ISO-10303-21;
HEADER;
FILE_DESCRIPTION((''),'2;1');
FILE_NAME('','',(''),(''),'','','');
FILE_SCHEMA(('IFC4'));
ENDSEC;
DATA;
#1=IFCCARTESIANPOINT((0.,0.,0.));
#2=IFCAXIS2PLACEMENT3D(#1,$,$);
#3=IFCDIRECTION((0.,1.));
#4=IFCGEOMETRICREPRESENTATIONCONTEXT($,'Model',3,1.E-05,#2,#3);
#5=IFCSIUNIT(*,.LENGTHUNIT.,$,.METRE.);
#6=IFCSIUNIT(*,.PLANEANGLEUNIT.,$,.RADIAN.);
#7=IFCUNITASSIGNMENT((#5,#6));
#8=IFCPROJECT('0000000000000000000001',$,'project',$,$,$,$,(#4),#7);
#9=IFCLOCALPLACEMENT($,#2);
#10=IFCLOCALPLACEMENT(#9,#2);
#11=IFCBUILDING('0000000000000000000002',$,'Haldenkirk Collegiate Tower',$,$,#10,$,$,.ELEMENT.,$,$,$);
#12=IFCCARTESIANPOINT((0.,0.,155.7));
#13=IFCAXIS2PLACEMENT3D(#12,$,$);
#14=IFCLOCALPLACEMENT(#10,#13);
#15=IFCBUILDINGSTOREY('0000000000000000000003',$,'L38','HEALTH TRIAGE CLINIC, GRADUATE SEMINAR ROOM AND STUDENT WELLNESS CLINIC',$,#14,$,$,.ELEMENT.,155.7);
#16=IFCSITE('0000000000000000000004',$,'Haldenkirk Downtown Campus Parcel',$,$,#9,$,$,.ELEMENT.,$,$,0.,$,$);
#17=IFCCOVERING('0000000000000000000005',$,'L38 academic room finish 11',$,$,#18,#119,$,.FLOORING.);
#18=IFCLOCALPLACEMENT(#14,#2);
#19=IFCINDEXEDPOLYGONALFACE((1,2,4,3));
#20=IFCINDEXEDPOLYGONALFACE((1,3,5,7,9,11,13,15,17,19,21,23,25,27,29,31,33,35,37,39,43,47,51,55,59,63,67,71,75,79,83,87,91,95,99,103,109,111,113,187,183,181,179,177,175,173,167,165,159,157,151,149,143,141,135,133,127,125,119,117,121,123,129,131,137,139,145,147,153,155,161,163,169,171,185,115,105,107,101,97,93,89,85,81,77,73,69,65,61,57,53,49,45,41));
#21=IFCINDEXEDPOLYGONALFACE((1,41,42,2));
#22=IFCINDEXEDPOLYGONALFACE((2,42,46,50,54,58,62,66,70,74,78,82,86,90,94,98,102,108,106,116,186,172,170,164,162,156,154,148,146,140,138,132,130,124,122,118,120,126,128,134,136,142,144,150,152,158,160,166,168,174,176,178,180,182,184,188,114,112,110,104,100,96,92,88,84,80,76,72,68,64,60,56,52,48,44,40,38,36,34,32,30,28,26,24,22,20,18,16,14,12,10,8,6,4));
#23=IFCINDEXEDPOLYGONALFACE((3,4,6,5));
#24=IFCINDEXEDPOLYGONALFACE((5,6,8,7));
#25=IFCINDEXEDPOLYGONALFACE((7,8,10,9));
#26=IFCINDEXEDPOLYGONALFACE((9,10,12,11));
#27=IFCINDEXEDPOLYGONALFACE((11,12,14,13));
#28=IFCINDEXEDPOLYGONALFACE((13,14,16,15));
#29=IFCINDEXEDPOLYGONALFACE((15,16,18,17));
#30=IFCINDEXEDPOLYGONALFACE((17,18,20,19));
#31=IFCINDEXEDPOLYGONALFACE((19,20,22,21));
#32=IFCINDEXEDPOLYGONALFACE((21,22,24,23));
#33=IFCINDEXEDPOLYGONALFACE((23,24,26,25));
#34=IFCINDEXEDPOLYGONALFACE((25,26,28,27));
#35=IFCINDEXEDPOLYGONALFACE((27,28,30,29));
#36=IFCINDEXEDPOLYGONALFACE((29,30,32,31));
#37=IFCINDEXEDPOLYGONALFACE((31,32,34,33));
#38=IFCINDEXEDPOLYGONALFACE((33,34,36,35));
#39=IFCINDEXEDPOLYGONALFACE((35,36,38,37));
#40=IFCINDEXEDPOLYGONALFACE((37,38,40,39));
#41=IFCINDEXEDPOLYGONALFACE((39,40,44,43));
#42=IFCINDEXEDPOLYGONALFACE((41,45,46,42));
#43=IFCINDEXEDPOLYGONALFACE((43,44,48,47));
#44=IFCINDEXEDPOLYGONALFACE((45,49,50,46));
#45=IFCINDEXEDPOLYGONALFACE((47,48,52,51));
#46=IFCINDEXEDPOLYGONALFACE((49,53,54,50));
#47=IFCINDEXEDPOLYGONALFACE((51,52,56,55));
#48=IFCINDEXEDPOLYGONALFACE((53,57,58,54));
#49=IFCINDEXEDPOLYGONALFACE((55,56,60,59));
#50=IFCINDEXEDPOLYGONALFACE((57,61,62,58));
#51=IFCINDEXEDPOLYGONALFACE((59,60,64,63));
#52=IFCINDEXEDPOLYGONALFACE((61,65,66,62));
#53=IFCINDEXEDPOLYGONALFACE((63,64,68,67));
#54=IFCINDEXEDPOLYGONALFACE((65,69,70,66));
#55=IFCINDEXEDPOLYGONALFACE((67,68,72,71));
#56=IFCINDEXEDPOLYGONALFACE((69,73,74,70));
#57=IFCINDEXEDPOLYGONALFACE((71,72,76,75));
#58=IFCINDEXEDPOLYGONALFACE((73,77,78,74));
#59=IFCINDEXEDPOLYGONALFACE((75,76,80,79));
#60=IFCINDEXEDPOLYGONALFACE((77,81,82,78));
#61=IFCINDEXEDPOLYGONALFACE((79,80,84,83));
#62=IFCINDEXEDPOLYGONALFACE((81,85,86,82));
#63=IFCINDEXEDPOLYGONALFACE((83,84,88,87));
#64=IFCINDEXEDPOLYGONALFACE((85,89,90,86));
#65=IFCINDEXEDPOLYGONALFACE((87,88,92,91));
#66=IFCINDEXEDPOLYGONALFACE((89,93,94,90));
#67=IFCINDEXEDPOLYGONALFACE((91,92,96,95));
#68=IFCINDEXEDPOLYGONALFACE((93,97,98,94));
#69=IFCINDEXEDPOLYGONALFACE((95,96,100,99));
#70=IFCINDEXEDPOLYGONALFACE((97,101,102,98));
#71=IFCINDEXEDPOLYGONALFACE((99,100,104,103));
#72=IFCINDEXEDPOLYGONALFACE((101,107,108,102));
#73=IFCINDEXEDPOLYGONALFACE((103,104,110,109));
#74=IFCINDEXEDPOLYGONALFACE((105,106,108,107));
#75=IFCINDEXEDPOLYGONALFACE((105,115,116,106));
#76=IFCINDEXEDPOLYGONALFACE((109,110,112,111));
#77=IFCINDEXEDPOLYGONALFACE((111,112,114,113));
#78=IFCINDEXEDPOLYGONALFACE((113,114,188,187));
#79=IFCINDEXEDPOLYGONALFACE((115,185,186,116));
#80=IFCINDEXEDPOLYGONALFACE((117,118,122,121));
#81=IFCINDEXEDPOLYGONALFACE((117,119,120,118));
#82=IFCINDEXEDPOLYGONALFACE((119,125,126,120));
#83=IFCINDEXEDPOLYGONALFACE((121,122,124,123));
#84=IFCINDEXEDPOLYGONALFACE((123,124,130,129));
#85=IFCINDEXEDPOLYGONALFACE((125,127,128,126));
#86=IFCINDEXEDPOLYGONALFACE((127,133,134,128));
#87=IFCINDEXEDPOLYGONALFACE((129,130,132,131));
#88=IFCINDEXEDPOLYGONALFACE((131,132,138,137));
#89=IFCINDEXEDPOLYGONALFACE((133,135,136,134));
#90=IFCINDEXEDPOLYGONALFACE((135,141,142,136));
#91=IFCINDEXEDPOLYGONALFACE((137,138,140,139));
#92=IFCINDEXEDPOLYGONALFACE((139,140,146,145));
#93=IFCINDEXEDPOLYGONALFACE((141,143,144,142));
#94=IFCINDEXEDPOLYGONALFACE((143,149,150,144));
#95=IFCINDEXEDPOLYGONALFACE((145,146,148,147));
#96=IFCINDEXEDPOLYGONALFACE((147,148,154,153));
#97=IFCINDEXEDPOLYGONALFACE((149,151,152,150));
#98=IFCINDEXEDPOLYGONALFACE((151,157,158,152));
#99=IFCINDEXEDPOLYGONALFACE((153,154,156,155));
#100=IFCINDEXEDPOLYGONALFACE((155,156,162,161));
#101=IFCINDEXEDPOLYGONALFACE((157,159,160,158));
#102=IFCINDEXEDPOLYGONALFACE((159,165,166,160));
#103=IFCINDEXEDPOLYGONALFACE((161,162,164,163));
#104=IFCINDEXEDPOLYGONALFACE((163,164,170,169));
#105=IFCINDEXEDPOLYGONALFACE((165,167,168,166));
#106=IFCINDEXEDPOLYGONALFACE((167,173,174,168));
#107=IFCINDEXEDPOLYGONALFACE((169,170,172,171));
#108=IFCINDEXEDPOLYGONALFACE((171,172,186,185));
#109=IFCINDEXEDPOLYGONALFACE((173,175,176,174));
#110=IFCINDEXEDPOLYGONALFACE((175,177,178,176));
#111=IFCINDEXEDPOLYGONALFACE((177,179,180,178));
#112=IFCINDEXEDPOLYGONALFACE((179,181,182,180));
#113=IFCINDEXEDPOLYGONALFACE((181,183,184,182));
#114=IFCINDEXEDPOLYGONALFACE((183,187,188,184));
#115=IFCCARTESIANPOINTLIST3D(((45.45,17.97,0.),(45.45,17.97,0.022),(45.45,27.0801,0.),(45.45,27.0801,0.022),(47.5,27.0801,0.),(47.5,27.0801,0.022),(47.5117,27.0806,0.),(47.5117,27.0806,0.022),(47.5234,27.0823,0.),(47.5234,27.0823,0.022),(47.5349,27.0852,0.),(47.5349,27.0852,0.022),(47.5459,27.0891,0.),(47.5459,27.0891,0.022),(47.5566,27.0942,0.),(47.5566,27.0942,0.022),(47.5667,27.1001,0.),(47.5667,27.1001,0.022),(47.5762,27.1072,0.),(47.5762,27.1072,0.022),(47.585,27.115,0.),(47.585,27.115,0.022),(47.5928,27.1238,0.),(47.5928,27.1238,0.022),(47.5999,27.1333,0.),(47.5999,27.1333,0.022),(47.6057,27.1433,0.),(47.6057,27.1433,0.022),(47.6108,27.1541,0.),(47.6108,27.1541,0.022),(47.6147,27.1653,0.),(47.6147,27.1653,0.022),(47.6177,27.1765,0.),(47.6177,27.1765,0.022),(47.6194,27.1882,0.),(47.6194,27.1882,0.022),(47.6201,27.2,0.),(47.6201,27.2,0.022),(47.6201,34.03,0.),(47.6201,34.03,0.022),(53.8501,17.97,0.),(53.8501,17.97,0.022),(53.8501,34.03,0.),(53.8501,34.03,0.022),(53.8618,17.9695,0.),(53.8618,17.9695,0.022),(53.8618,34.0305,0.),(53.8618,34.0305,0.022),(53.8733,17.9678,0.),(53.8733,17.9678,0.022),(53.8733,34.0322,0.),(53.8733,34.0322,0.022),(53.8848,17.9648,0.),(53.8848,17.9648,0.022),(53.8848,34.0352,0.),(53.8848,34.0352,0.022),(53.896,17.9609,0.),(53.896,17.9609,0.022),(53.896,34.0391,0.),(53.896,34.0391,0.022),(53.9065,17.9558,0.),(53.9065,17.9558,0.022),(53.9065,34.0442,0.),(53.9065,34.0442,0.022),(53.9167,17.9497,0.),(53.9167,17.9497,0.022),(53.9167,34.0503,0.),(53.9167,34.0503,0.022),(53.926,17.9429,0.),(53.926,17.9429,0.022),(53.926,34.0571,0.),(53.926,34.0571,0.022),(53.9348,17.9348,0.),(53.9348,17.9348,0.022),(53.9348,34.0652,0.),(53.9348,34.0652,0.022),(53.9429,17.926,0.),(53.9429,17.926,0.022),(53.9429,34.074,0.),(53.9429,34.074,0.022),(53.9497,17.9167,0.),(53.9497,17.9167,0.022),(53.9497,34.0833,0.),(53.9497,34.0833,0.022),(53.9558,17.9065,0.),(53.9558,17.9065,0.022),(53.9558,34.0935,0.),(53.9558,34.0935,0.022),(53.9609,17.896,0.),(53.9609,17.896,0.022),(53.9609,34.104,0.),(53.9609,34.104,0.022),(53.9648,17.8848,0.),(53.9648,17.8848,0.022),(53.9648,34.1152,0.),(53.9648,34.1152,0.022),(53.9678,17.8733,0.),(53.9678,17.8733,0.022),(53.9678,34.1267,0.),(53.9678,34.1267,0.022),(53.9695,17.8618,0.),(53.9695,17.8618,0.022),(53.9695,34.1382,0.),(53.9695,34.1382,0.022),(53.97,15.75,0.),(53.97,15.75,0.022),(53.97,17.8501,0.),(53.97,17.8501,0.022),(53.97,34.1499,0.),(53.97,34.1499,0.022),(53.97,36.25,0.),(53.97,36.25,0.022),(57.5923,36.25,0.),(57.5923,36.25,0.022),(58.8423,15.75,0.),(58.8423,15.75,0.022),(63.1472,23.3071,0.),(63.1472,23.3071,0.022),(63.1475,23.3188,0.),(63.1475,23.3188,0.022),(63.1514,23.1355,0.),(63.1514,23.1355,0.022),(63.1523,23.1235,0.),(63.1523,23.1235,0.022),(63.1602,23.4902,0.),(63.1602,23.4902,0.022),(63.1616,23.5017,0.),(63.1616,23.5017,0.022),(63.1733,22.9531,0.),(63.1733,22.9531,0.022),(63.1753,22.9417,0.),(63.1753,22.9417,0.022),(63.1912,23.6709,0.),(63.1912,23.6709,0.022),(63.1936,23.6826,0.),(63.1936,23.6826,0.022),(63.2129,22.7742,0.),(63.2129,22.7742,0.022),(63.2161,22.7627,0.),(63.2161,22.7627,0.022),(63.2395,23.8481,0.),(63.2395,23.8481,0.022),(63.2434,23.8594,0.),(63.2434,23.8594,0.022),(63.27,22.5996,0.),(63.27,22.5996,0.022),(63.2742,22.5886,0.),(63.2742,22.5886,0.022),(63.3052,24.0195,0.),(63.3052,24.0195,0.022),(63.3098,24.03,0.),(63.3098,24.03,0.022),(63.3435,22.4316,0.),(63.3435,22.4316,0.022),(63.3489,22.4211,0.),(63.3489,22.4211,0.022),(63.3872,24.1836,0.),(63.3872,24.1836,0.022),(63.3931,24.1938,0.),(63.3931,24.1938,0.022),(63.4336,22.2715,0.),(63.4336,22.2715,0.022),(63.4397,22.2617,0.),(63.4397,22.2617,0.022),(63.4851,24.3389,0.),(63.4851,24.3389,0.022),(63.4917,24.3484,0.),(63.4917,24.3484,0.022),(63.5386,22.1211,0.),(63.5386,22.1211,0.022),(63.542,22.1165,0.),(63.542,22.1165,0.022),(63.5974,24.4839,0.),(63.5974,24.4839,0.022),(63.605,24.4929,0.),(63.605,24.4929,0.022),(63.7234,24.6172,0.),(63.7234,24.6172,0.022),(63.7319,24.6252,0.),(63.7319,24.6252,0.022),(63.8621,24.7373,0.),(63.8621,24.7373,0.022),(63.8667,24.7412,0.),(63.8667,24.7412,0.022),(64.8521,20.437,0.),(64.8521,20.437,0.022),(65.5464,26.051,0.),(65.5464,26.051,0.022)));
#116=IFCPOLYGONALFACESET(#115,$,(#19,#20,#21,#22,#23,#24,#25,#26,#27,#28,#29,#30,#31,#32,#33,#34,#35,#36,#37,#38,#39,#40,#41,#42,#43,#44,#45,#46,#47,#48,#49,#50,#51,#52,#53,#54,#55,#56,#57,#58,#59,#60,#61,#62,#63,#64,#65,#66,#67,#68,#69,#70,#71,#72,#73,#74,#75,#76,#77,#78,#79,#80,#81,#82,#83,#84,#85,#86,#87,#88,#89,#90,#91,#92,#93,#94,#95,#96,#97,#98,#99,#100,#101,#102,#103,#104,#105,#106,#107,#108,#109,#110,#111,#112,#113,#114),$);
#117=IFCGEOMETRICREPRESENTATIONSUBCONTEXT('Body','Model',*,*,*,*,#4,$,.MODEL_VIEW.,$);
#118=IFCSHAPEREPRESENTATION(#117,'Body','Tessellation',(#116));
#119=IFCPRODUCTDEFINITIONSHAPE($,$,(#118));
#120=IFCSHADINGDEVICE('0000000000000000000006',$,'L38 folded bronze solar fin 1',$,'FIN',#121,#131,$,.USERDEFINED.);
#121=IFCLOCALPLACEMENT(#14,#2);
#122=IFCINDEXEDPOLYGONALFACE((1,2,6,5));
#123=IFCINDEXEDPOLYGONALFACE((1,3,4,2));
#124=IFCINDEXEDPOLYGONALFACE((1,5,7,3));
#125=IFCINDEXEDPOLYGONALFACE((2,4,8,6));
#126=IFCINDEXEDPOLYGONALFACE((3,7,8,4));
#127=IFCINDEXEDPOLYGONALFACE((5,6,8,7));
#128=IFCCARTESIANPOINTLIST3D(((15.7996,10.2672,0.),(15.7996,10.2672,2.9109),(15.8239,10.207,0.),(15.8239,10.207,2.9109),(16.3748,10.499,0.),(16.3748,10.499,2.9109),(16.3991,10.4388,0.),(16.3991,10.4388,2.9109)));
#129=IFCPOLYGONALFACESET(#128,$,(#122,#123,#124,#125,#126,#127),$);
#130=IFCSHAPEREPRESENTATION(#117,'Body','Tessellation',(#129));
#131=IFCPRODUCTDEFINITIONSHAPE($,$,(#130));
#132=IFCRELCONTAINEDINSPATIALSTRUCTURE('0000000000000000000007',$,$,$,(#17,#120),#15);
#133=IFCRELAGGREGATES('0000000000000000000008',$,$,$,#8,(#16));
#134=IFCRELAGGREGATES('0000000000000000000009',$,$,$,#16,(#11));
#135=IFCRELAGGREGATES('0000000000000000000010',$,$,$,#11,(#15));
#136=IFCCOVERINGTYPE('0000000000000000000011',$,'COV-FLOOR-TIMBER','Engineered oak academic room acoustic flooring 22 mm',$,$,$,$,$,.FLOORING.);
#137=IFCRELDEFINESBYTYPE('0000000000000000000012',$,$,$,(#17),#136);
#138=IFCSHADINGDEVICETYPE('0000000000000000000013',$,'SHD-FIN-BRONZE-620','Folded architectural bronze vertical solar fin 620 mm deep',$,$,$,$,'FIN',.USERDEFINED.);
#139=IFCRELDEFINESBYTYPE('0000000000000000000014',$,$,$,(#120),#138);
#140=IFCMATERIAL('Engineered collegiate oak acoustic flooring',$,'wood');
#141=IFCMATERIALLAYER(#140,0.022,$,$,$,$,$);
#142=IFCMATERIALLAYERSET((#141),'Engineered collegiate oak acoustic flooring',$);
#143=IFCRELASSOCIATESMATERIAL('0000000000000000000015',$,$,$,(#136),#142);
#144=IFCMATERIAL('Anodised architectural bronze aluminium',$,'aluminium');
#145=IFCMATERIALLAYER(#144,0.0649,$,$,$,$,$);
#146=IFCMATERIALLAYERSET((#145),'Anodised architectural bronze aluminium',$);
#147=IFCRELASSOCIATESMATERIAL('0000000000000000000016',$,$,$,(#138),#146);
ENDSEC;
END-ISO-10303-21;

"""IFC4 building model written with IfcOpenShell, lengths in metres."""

from ifc_helpers import new_model, si_unit, direction, frame, origin, origin_2d, place, context, subcontext, project, spatial, polyline, rectangle, outline, extrude, source, transform, mapped, material, layer, layer_set, type_object, element, save


model = new_model("IFC4")

# Units and contexts
model_context = context("Model", 3, precision=1e-05, world=origin(), true_north=direction((0.0, 1.0)))
body_context = subcontext(model_context, "Body", "Model", "MODEL_VIEW")
ifc_project = project(units=[si_unit("LENGTHUNIT", "METRE"), si_unit("PLANEANGLEUNIT", "RADIAN")], contexts=[model_context])

# Site, building, storey
site_placement = place(None, origin())
site = spatial("IfcSite", under=ifc_project, at=site_placement, Name="Haldenkirk Downtown Campus Parcel", CompositionType="ELEMENT", RefElevation=0.0)
building_placement = place(site_placement, origin())
building = spatial("IfcBuilding", under=site, at=building_placement, Name="Haldenkirk Collegiate Tower", CompositionType="ELEMENT")
storey_placement = place(building_placement, frame((0.0, 0.0, 155.7)))
storey = spatial("IfcBuildingStorey", under=building, at=storey_placement, Name="L38", Description="HEALTH TRIAGE CLINIC, GRADUATE SEMINAR ROOM AND STUDENT WELLNESS CLINIC", CompositionType="ELEMENT", Elevation=155.7)

# Shared definitions
ifc_material_1 = material(Name="Anodised architectural bronze aluminium", Category="aluminium")

# Covering
ifc_material_2 = material(Name="Engineered collegiate oak acoustic flooring", Category="wood")
ifc_layer_1 = layer(ifc_material_2, 0.022)
ifc_layer_set_1 = layer_set([ifc_layer_1], Name="Engineered collegiate oak acoustic flooring")
covering_type_1 = type_object("IfcCoveringType", Name="COV-FLOOR-TIMBER", Description="Engineered oak academic room acoustic flooring 22 mm", PredefinedType="FLOORING", material=ifc_layer_set_1)
covering_1_placement = place(storey_placement, origin())
element("IfcCovering", 1, at=covering_1_placement, inside=storey, type_object=covering_type_1, Name="L38 academic room finish 11", PredefinedType="FLOORING", context=body_context, shape_type="SweptSolid", body=[
    extrude(outline(polyline([(63.8667, 24.7412), (63.8621, 24.7373), (63.7319, 24.6252), (63.7234, 24.6172), (63.605, 24.4929), (63.5974, 24.4839), (63.4917, 24.3484), (63.4851, 24.3389), (63.3931, 24.1938), (63.3872, 24.1836), (63.3098, 24.03), (63.3052, 24.0195), (63.2434, 23.8594), (63.2395, 23.8481), (63.1936, 23.6826), (63.1912, 23.6709), (63.1616, 23.5017), (63.1602, 23.4902), (63.1475, 23.3188), (63.1472, 23.3071), (63.1514, 23.1355), (63.1523, 23.1235), (63.1733, 22.9531), (63.1753, 22.9417), (63.2129, 22.7742), (63.2161, 22.7627), (63.27, 22.5996), (63.2742, 22.5886), (63.3435, 22.4316), (63.3489, 22.4211), (63.4336, 22.2715), (63.4397, 22.2617), (63.5386, 22.1211), (63.542, 22.1165), (64.8521, 20.437), (58.8423, 15.75), (53.97, 15.75), (53.97, 17.8501), (53.9695, 17.8618), (53.9678, 17.8733), (53.9648, 17.8848), (53.9609, 17.896), (53.9558, 17.9065), (53.9497, 17.9167), (53.9429, 17.926), (53.9348, 17.9348), (53.926, 17.9429), (53.9167, 17.9497), (53.9065, 17.9558), (53.896, 17.9609), (53.8848, 17.9648), (53.8733, 17.9678), (53.8618, 17.9695), (53.8501, 17.97), (45.45, 17.97), (45.45, 27.0801), (47.5, 27.0801), (47.5117, 27.0806), (47.5234, 27.0823), (47.5349, 27.0852), (47.5459, 27.0891), (47.5566, 27.0942), (47.5667, 27.1001), (47.5762, 27.1072), (47.585, 27.115), (47.5928, 27.1238), (47.5999, 27.1333), (47.6057, 27.1433), (47.6108, 27.1541), (47.6147, 27.1653), (47.6177, 27.1765), (47.6194, 27.1882), (47.6201, 27.2), (47.6201, 34.03), (53.8501, 34.03), (53.8618, 34.0305), (53.8733, 34.0322), (53.8848, 34.0352), (53.896, 34.0391), (53.9065, 34.0442), (53.9167, 34.0503), (53.926, 34.0571), (53.9348, 34.0652), (53.9429, 34.074), (53.9497, 34.0833), (53.9558, 34.0935), (53.9609, 34.104), (53.9648, 34.1152), (53.9678, 34.1267), (53.9695, 34.1382), (53.97, 34.1499), (53.97, 36.25), (57.5923, 36.25), (65.5464, 26.051), (63.8667, 24.7412)])), origin(), (0.0, 0.0, 1.0), 0.022),
])

# Shading device
ifc_layer_2 = layer(ifc_material_1, 0.0649)
ifc_layer_set_2 = layer_set([ifc_layer_2], Name="Anodised architectural bronze aluminium")
shading_device_type = type_object("IfcShadingDeviceType", Name="SHD-FIN-BRONZE-620", Description="Folded architectural bronze vertical solar fin 620 mm deep", ElementType="FIN", PredefinedType="USERDEFINED", material=ifc_layer_set_2)
shared_shape_1 = source(origin(), body_context, "Body", "SweptSolid", [
    extrude(rectangle(XDim=0.6201, YDim=0.0649, at=origin_2d()), origin(), (0.0, 0.0, 1.0), 2.9109),
])
shading_device_placement = place(storey_placement, frame((16.0994, 10.353, 0.0), z_axis=(0.0, 0.0, 1.0), x_axis=(-0.92751, -0.373797, 0.0)))
element("IfcShadingDevice", 2, at=shading_device_placement, inside=storey, type_object=shading_device_type, Name="L38 folded bronze solar fin 1", ObjectType="FIN", PredefinedType="USERDEFINED", context=body_context, shape_type="MappedRepresentation", body=[
    mapped(shared_shape_1, transform((0.0, 0.0, 0.0), x_axis=(1.0, 0.0, 0.0), y_axis=(0.0, 1.0, 0.0), z_axis=(0.0, 0.0, 1.0), scale=1.0)),
])

save(model, "model.ifc")
